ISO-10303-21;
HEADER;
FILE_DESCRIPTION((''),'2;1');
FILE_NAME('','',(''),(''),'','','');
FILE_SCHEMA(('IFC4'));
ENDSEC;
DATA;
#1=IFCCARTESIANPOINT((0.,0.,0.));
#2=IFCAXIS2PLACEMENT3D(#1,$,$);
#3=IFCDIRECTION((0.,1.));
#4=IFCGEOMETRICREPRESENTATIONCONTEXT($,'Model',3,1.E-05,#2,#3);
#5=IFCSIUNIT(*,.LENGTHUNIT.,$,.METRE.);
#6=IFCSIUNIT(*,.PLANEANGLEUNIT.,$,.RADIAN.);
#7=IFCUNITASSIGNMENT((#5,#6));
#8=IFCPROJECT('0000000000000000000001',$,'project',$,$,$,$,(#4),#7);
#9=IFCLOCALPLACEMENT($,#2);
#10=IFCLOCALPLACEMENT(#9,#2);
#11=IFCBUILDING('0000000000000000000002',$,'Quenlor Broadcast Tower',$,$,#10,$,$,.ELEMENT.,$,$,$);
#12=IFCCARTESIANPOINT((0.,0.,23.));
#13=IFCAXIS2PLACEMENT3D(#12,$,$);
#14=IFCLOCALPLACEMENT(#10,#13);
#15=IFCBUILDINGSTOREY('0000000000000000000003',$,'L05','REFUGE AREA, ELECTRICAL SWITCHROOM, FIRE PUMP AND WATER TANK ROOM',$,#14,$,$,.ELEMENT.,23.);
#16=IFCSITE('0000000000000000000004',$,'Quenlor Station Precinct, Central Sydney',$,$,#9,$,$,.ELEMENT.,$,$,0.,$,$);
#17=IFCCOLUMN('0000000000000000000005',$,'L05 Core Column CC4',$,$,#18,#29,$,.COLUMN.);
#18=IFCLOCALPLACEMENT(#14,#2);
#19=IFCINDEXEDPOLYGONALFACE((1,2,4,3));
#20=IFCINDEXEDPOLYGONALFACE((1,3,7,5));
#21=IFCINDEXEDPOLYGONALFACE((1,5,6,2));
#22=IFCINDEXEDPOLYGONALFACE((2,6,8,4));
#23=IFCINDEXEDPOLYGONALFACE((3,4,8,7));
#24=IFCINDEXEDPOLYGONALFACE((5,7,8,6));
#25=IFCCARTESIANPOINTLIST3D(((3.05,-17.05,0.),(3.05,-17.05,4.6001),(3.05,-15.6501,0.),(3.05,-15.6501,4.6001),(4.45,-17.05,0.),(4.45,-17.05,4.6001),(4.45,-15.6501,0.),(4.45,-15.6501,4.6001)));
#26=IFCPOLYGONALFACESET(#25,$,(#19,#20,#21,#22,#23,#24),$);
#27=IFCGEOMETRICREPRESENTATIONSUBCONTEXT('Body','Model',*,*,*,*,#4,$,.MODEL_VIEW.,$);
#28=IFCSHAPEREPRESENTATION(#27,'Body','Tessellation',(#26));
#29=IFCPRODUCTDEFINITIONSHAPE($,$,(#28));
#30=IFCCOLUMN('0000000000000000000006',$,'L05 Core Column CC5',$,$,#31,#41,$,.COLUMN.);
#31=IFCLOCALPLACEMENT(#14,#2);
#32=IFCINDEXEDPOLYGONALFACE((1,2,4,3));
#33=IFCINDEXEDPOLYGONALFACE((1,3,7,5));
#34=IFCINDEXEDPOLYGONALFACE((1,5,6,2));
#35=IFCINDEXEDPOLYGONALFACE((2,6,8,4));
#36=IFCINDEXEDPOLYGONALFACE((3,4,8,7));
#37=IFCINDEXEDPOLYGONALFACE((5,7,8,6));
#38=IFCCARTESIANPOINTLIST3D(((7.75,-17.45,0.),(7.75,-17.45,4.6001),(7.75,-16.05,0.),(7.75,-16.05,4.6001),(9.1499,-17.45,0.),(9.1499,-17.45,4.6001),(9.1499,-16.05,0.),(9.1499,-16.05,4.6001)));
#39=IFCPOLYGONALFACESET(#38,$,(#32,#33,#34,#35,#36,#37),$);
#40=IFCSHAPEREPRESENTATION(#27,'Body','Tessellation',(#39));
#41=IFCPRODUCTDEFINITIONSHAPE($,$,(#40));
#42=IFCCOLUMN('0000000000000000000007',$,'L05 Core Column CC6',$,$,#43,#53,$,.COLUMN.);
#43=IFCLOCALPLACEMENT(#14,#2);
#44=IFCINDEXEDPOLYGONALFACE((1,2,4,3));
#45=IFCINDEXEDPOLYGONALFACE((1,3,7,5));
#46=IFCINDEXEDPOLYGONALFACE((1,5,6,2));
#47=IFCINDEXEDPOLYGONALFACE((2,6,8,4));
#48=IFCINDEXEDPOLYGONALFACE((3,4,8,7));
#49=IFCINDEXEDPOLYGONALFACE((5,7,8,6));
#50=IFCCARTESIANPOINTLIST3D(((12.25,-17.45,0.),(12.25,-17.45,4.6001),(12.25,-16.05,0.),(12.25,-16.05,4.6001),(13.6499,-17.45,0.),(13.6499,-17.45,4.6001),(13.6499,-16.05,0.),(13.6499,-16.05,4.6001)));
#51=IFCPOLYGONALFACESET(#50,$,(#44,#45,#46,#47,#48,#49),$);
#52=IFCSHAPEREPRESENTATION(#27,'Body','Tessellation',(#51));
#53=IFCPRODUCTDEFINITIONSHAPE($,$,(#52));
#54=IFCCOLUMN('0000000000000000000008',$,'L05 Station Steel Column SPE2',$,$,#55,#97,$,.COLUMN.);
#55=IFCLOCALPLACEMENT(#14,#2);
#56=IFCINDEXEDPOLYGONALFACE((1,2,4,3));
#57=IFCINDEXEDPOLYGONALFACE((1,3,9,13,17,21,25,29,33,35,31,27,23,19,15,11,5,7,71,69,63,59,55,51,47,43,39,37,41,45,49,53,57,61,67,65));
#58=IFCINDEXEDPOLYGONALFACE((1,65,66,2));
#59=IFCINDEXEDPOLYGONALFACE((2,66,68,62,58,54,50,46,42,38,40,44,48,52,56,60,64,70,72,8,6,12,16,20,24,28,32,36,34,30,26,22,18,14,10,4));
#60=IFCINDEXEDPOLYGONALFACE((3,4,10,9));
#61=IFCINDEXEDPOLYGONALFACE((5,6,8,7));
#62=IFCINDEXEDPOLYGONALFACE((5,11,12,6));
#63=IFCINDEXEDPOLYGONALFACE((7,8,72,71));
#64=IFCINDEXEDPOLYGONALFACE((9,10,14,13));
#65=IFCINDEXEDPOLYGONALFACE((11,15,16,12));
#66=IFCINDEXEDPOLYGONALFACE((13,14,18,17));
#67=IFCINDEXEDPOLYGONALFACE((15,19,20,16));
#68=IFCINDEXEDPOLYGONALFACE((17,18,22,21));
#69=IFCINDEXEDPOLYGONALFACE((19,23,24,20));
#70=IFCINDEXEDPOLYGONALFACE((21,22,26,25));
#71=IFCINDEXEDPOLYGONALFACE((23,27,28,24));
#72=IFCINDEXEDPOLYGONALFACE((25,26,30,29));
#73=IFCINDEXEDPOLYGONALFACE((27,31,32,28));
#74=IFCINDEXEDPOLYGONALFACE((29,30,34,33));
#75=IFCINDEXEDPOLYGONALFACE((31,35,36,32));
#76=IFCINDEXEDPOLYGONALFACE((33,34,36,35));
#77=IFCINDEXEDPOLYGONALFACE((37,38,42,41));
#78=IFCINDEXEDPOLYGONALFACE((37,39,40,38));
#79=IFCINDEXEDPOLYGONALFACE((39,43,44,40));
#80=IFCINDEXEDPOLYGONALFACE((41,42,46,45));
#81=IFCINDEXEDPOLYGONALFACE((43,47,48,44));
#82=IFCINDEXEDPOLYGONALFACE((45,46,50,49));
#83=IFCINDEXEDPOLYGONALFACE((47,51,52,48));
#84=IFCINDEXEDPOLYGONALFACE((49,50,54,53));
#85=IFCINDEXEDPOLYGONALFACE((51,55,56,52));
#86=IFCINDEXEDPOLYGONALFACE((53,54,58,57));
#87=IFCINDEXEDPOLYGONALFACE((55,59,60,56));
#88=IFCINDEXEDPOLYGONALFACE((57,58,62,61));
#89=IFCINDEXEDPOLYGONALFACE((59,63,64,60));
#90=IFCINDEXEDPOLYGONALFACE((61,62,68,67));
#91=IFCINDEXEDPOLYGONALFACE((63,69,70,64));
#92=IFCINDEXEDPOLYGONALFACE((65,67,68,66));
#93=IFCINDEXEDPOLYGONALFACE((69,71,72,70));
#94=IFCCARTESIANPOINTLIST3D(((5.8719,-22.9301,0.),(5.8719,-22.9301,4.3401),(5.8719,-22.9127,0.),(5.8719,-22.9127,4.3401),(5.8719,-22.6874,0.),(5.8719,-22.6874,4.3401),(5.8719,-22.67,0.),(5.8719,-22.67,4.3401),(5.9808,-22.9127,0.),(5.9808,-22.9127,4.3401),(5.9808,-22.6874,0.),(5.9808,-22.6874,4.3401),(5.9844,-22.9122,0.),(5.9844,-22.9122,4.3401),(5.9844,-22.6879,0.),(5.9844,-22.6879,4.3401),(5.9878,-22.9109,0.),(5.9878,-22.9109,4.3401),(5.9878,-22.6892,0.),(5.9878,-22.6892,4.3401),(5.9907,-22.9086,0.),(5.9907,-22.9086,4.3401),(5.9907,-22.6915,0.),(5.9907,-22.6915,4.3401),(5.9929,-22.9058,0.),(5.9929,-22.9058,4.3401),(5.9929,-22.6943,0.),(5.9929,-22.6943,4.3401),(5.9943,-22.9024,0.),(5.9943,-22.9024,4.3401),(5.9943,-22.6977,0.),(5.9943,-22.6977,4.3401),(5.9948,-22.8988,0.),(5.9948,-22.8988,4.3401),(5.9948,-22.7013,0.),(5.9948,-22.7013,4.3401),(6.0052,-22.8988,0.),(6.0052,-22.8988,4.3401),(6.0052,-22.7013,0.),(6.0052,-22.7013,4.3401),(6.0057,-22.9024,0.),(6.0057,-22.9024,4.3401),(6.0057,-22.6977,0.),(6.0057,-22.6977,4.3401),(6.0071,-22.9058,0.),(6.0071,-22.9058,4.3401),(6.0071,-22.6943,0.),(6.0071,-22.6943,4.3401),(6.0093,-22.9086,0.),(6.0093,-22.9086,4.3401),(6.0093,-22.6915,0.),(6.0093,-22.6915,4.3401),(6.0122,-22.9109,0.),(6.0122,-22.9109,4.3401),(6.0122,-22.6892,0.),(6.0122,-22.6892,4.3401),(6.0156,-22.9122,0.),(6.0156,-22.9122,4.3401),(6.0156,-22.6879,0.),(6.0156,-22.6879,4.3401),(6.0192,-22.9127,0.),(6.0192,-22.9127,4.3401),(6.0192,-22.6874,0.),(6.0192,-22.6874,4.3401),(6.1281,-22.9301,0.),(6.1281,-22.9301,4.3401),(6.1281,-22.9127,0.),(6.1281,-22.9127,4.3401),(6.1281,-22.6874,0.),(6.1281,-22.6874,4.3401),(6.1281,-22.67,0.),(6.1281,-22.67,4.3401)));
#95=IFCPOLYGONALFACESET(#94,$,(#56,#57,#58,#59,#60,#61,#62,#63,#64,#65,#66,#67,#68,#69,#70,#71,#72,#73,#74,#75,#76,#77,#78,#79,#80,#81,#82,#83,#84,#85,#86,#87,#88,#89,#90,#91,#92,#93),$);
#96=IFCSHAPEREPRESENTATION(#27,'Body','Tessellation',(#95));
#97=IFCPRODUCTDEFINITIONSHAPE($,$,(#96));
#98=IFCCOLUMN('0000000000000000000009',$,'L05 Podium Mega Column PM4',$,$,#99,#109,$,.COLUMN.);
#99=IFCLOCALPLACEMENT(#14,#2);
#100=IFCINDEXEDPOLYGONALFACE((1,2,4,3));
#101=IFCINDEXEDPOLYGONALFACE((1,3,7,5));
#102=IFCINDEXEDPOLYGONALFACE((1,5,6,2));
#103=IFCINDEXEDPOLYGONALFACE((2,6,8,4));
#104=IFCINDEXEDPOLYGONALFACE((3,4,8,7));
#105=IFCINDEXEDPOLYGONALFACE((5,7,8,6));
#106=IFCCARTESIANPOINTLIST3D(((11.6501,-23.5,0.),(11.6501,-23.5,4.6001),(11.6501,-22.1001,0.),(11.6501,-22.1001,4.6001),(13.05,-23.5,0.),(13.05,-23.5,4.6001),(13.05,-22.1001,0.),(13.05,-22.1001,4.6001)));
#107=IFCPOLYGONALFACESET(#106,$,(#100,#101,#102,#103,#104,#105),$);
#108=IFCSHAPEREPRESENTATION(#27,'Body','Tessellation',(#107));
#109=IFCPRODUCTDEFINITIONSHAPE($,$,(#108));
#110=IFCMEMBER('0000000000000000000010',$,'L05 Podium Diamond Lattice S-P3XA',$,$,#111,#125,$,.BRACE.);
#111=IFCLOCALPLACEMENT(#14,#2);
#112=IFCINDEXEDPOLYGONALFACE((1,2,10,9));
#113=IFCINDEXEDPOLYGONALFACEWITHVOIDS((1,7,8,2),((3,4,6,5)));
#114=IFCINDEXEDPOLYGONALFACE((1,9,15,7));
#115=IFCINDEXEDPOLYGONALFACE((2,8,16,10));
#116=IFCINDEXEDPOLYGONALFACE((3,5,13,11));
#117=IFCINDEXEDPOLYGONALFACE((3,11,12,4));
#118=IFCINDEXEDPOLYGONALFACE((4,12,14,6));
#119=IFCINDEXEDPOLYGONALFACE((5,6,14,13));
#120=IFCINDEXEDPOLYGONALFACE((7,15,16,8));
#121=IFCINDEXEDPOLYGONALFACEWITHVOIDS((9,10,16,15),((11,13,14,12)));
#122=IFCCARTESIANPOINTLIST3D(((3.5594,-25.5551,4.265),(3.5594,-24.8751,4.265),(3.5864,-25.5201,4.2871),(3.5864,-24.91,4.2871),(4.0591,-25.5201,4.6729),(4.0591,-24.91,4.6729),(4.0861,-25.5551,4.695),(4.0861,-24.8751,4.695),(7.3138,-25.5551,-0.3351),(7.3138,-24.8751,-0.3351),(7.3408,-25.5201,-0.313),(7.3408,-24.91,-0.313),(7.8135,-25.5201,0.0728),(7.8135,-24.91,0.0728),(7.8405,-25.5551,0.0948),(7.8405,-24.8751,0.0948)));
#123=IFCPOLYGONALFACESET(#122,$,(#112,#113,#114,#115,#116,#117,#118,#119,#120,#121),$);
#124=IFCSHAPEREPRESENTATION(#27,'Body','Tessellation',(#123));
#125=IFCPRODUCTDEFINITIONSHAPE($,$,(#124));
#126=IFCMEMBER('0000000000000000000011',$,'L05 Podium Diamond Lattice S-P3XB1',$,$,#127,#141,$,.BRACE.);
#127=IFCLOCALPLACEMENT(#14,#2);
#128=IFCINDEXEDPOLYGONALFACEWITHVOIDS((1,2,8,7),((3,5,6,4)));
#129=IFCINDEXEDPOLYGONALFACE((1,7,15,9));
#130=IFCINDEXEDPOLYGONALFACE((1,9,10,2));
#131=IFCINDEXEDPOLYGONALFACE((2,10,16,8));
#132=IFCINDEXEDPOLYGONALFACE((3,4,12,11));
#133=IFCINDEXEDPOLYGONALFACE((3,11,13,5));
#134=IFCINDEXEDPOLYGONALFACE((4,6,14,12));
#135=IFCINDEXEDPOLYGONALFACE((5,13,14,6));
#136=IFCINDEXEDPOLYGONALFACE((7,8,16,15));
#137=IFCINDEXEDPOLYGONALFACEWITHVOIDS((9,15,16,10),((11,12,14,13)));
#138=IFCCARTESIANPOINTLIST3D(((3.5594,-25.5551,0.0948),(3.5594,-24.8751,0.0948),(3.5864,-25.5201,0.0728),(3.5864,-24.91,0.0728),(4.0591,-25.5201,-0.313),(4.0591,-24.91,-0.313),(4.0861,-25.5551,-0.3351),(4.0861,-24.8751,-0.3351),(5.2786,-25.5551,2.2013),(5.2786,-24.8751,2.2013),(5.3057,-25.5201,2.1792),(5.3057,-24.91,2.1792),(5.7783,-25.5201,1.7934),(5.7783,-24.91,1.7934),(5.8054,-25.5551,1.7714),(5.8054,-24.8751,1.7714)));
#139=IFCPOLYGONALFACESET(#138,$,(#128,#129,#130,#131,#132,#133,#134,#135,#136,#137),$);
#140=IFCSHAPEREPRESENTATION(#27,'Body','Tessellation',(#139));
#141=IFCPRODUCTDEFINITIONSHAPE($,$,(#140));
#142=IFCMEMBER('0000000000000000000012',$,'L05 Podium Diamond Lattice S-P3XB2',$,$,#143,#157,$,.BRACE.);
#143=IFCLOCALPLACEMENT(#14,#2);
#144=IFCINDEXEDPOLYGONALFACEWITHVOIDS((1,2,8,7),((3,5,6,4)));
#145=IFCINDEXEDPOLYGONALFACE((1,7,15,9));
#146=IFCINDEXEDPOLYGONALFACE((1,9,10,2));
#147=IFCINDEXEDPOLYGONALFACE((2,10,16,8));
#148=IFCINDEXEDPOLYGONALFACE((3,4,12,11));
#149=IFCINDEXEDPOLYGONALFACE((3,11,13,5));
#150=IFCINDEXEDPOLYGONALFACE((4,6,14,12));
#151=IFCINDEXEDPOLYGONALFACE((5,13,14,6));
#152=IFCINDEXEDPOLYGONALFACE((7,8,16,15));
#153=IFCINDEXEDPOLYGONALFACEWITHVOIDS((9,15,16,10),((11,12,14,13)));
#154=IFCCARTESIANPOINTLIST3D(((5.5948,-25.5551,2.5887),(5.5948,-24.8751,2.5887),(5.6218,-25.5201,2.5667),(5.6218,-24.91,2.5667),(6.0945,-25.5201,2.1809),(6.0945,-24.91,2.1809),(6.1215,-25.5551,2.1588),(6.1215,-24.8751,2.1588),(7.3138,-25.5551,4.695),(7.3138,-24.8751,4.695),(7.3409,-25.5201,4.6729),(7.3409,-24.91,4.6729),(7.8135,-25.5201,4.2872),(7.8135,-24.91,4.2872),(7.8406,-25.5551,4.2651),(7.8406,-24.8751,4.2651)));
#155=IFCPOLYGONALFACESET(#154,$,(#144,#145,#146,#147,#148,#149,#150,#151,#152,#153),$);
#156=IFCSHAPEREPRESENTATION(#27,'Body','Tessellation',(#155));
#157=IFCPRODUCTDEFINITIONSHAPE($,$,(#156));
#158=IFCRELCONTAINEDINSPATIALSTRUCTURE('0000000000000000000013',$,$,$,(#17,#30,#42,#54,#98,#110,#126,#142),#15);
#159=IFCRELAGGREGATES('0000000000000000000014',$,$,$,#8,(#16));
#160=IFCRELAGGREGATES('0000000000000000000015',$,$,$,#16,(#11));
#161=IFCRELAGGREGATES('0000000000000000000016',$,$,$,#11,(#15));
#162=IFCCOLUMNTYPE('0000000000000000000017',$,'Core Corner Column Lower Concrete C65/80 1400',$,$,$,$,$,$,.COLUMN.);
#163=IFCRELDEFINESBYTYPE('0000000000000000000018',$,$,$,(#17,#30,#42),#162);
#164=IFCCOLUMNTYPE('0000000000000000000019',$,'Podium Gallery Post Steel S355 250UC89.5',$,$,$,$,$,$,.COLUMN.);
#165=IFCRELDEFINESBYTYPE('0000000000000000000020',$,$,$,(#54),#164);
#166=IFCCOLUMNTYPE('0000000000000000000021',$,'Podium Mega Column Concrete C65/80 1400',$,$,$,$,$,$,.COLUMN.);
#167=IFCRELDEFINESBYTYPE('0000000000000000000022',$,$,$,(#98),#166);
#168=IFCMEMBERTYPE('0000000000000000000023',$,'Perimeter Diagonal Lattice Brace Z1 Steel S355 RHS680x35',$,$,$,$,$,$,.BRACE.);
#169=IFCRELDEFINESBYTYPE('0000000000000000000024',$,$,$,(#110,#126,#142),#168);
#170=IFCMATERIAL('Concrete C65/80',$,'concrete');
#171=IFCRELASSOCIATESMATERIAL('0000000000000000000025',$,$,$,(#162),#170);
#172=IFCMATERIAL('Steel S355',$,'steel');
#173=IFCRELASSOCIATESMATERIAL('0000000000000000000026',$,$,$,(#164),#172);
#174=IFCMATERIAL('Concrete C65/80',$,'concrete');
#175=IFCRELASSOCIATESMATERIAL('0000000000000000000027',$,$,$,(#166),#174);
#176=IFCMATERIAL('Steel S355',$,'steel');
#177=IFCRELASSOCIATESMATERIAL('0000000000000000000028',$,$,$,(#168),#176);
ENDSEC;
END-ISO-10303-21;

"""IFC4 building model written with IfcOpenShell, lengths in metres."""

from ifc_helpers import new_model, si_unit, direction, frame, origin, origin_2d, place, context, subcontext, project, spatial, rectangle, hollow_rectangle, i_section, extrude, material, material_profile, profile_set, type_object, element, save


model = new_model("IFC4")

# Units and contexts
model_context = context("Model", 3, precision=1e-05, world=origin(), true_north=direction((0.0, 1.0)))
body_context = subcontext(model_context, "Body", "Model", "MODEL_VIEW")
ifc_project = project(units=[si_unit("LENGTHUNIT", "METRE"), si_unit("PLANEANGLEUNIT", "RADIAN")], contexts=[model_context])

# Site, building, storey
site_placement = place(None, origin())
site = spatial("IfcSite", under=ifc_project, at=site_placement, Name="Quenlor Station Precinct, Central Sydney", CompositionType="ELEMENT", RefElevation=0.0)
building_placement = place(site_placement, origin())
building = spatial("IfcBuilding", under=site, at=building_placement, Name="Quenlor Broadcast Tower", CompositionType="ELEMENT")
storey_placement = place(building_placement, frame((0.0, 0.0, 23.0)))
storey = spatial("IfcBuildingStorey", under=building, at=storey_placement, Name="L05", Description="REFUGE AREA, ELECTRICAL SWITCHROOM, FIRE PUMP AND WATER TANK ROOM", CompositionType="ELEMENT", Elevation=23.0)

# Columns
ifc_material_1 = material(Name="Concrete C65/80", Category="concrete")
ifc_material_profile_1 = material_profile(ifc_material_1, rectangle(XDim=1.3999, YDim=1.3999, at=origin_2d()))
ifc_profile_set_1 = profile_set([ifc_material_profile_1], Name="Concrete C65/80 RC1400x1400")
column_type_1 = type_object("IfcColumnType", Name="Core Corner Column Lower Concrete C65/80 1400", PredefinedType="COLUMN", material=ifc_profile_set_1)
for number, where, z_axis, x_axis, name in (
    (1, (3.75, -16.3501, 0.0), (0.0, 0.0, 1.0), (1.0, 0.0, 0.0), "L05 Core Column CC4"),
    (2, (8.45, -16.75, 0.0), (0.0, 0.0, 1.0), (1.0, 0.0, 0.0), "L05 Core Column CC5"),
    (3, (12.95, -16.75, 0.0), (0.0, 0.0, 1.0), (1.0, 0.0, 0.0), "L05 Core Column CC6"),
):
    element("IfcColumn", number, at=place(storey_placement, frame(where, z_axis=z_axis, x_axis=x_axis)), inside=storey, type_object=column_type_1, Name=name, PredefinedType="COLUMN", context=body_context, shape_type="SweptSolid", body=[
        extrude(rectangle(XDim=1.3999, YDim=1.3999, at=origin_2d()), origin(), (0.0, 0.0, 1.0), 4.6001),
    ])
ifc_material_2 = material(Name="Steel S355", Category="steel")
ifc_material_profile_2 = material_profile(ifc_material_2, i_section(OverallWidth=0.2561, OverallDepth=0.26, WebThickness=0.0105, FlangeThickness=0.0173, FilletRadius=0.0139, at=origin_2d()))
ifc_profile_set_2 = profile_set([ifc_material_profile_2], Name="Steel S355 250UC89.5")
column_type_2 = type_object("IfcColumnType", Name="Podium Gallery Post Steel S355 250UC89.5", PredefinedType="COLUMN", material=ifc_profile_set_2)
column_1_placement = place(storey_placement, frame((6.0, -22.8, 0.0), z_axis=(0.0, 0.0, 1.0), x_axis=(1.0, 0.0, 0.0)))
element("IfcColumn", 4, at=column_1_placement, inside=storey, type_object=column_type_2, Name="L05 Station Steel Column SPE2", PredefinedType="COLUMN", context=body_context, shape_type="SweptSolid", body=[
    extrude(i_section(OverallWidth=0.2561, OverallDepth=0.26, WebThickness=0.0105, FlangeThickness=0.0173, FilletRadius=0.0139, at=origin_2d()), origin(), (0.0, 0.0, 1.0), 4.3401),
])
ifc_material_3 = material(Name="Concrete C65/80", Category="concrete")
ifc_material_profile_3 = material_profile(ifc_material_3, rectangle(XDim=1.3999, YDim=1.3999, at=origin_2d()))
ifc_profile_set_3 = profile_set([ifc_material_profile_3], Name="Concrete C65/80 RC1400x1400")
column_type_3 = type_object("IfcColumnType", Name="Podium Mega Column Concrete C65/80 1400", PredefinedType="COLUMN", material=ifc_profile_set_3)
column_2_placement = place(storey_placement, frame((12.3501, -22.8, 0.0), z_axis=(0.0, 0.0, 1.0), x_axis=(1.0, 0.0, 0.0)))
element("IfcColumn", 5, at=column_2_placement, inside=storey, type_object=column_type_3, Name="L05 Podium Mega Column PM4", PredefinedType="COLUMN", context=body_context, shape_type="SweptSolid", body=[
    extrude(rectangle(XDim=1.3999, YDim=1.3999, at=origin_2d()), origin(), (0.0, 0.0, 1.0), 4.6001),
])

# Members
ifc_material_4 = material(Name="Steel S355", Category="steel")
ifc_material_profile_4 = material_profile(ifc_material_4, hollow_rectangle(XDim=0.6799, YDim=0.6799, WallThickness=0.0349, at=origin_2d()))
ifc_profile_set_4 = profile_set([ifc_material_profile_4], Name="Steel S355 RHS680x680x35")
member_type_1 = type_object("IfcMemberType", Name="Perimeter Diagonal Lattice Brace Z1 Steel S355 RHS680x35", PredefinedType="BRACE", material=ifc_profile_set_4)
member_1_placement = place(storey_placement, frame((7.5771, -25.2151, -0.1201), z_axis=(-0.632297, 0.0, 0.774726), x_axis=(0.0, -1.0, 0.0)))
element("IfcMember", 6, at=member_1_placement, inside=storey, type_object=member_type_1, Name="L05 Podium Diamond Lattice S-P3XA", PredefinedType="BRACE", context=body_context, shape_type="SweptSolid", body=[
    extrude(hollow_rectangle(XDim=0.6799, YDim=0.6799, WallThickness=0.0349, at=origin_2d()), origin(), (0.0, 0.0, 1.0), 5.9377),
])
member_2_placement = place(storey_placement, frame((3.8228, -25.2151, -0.1201), z_axis=(0.632308, 0.0, 0.774717), x_axis=(0.0, 1.0, 0.0)))
element("IfcMember", 7, at=member_2_placement, inside=storey, type_object=member_type_1, Name="L05 Podium Diamond Lattice S-P3XB1", PredefinedType="BRACE", context=body_context, shape_type="SweptSolid", body=[
    extrude(hollow_rectangle(XDim=0.6799, YDim=0.6799, WallThickness=0.0349, at=origin_2d()), origin(), (0.0, 0.0, 1.0), 2.719),
])
member_3_placement = place(storey_placement, frame((5.8582, -25.2151, 2.3738), z_axis=(0.632298, 0.0, 0.774725), x_axis=(0.0, 1.0, 0.0)))
element("IfcMember", 8, at=member_3_placement, inside=storey, type_object=member_type_1, Name="L05 Podium Diamond Lattice S-P3XB2", PredefinedType="BRACE", context=body_context, shape_type="SweptSolid", body=[
    extrude(hollow_rectangle(XDim=0.6799, YDim=0.6799, WallThickness=0.0349, at=origin_2d()), origin(), (0.0, 0.0, 1.0), 2.7188),
])

save(model, "model.ifc")
